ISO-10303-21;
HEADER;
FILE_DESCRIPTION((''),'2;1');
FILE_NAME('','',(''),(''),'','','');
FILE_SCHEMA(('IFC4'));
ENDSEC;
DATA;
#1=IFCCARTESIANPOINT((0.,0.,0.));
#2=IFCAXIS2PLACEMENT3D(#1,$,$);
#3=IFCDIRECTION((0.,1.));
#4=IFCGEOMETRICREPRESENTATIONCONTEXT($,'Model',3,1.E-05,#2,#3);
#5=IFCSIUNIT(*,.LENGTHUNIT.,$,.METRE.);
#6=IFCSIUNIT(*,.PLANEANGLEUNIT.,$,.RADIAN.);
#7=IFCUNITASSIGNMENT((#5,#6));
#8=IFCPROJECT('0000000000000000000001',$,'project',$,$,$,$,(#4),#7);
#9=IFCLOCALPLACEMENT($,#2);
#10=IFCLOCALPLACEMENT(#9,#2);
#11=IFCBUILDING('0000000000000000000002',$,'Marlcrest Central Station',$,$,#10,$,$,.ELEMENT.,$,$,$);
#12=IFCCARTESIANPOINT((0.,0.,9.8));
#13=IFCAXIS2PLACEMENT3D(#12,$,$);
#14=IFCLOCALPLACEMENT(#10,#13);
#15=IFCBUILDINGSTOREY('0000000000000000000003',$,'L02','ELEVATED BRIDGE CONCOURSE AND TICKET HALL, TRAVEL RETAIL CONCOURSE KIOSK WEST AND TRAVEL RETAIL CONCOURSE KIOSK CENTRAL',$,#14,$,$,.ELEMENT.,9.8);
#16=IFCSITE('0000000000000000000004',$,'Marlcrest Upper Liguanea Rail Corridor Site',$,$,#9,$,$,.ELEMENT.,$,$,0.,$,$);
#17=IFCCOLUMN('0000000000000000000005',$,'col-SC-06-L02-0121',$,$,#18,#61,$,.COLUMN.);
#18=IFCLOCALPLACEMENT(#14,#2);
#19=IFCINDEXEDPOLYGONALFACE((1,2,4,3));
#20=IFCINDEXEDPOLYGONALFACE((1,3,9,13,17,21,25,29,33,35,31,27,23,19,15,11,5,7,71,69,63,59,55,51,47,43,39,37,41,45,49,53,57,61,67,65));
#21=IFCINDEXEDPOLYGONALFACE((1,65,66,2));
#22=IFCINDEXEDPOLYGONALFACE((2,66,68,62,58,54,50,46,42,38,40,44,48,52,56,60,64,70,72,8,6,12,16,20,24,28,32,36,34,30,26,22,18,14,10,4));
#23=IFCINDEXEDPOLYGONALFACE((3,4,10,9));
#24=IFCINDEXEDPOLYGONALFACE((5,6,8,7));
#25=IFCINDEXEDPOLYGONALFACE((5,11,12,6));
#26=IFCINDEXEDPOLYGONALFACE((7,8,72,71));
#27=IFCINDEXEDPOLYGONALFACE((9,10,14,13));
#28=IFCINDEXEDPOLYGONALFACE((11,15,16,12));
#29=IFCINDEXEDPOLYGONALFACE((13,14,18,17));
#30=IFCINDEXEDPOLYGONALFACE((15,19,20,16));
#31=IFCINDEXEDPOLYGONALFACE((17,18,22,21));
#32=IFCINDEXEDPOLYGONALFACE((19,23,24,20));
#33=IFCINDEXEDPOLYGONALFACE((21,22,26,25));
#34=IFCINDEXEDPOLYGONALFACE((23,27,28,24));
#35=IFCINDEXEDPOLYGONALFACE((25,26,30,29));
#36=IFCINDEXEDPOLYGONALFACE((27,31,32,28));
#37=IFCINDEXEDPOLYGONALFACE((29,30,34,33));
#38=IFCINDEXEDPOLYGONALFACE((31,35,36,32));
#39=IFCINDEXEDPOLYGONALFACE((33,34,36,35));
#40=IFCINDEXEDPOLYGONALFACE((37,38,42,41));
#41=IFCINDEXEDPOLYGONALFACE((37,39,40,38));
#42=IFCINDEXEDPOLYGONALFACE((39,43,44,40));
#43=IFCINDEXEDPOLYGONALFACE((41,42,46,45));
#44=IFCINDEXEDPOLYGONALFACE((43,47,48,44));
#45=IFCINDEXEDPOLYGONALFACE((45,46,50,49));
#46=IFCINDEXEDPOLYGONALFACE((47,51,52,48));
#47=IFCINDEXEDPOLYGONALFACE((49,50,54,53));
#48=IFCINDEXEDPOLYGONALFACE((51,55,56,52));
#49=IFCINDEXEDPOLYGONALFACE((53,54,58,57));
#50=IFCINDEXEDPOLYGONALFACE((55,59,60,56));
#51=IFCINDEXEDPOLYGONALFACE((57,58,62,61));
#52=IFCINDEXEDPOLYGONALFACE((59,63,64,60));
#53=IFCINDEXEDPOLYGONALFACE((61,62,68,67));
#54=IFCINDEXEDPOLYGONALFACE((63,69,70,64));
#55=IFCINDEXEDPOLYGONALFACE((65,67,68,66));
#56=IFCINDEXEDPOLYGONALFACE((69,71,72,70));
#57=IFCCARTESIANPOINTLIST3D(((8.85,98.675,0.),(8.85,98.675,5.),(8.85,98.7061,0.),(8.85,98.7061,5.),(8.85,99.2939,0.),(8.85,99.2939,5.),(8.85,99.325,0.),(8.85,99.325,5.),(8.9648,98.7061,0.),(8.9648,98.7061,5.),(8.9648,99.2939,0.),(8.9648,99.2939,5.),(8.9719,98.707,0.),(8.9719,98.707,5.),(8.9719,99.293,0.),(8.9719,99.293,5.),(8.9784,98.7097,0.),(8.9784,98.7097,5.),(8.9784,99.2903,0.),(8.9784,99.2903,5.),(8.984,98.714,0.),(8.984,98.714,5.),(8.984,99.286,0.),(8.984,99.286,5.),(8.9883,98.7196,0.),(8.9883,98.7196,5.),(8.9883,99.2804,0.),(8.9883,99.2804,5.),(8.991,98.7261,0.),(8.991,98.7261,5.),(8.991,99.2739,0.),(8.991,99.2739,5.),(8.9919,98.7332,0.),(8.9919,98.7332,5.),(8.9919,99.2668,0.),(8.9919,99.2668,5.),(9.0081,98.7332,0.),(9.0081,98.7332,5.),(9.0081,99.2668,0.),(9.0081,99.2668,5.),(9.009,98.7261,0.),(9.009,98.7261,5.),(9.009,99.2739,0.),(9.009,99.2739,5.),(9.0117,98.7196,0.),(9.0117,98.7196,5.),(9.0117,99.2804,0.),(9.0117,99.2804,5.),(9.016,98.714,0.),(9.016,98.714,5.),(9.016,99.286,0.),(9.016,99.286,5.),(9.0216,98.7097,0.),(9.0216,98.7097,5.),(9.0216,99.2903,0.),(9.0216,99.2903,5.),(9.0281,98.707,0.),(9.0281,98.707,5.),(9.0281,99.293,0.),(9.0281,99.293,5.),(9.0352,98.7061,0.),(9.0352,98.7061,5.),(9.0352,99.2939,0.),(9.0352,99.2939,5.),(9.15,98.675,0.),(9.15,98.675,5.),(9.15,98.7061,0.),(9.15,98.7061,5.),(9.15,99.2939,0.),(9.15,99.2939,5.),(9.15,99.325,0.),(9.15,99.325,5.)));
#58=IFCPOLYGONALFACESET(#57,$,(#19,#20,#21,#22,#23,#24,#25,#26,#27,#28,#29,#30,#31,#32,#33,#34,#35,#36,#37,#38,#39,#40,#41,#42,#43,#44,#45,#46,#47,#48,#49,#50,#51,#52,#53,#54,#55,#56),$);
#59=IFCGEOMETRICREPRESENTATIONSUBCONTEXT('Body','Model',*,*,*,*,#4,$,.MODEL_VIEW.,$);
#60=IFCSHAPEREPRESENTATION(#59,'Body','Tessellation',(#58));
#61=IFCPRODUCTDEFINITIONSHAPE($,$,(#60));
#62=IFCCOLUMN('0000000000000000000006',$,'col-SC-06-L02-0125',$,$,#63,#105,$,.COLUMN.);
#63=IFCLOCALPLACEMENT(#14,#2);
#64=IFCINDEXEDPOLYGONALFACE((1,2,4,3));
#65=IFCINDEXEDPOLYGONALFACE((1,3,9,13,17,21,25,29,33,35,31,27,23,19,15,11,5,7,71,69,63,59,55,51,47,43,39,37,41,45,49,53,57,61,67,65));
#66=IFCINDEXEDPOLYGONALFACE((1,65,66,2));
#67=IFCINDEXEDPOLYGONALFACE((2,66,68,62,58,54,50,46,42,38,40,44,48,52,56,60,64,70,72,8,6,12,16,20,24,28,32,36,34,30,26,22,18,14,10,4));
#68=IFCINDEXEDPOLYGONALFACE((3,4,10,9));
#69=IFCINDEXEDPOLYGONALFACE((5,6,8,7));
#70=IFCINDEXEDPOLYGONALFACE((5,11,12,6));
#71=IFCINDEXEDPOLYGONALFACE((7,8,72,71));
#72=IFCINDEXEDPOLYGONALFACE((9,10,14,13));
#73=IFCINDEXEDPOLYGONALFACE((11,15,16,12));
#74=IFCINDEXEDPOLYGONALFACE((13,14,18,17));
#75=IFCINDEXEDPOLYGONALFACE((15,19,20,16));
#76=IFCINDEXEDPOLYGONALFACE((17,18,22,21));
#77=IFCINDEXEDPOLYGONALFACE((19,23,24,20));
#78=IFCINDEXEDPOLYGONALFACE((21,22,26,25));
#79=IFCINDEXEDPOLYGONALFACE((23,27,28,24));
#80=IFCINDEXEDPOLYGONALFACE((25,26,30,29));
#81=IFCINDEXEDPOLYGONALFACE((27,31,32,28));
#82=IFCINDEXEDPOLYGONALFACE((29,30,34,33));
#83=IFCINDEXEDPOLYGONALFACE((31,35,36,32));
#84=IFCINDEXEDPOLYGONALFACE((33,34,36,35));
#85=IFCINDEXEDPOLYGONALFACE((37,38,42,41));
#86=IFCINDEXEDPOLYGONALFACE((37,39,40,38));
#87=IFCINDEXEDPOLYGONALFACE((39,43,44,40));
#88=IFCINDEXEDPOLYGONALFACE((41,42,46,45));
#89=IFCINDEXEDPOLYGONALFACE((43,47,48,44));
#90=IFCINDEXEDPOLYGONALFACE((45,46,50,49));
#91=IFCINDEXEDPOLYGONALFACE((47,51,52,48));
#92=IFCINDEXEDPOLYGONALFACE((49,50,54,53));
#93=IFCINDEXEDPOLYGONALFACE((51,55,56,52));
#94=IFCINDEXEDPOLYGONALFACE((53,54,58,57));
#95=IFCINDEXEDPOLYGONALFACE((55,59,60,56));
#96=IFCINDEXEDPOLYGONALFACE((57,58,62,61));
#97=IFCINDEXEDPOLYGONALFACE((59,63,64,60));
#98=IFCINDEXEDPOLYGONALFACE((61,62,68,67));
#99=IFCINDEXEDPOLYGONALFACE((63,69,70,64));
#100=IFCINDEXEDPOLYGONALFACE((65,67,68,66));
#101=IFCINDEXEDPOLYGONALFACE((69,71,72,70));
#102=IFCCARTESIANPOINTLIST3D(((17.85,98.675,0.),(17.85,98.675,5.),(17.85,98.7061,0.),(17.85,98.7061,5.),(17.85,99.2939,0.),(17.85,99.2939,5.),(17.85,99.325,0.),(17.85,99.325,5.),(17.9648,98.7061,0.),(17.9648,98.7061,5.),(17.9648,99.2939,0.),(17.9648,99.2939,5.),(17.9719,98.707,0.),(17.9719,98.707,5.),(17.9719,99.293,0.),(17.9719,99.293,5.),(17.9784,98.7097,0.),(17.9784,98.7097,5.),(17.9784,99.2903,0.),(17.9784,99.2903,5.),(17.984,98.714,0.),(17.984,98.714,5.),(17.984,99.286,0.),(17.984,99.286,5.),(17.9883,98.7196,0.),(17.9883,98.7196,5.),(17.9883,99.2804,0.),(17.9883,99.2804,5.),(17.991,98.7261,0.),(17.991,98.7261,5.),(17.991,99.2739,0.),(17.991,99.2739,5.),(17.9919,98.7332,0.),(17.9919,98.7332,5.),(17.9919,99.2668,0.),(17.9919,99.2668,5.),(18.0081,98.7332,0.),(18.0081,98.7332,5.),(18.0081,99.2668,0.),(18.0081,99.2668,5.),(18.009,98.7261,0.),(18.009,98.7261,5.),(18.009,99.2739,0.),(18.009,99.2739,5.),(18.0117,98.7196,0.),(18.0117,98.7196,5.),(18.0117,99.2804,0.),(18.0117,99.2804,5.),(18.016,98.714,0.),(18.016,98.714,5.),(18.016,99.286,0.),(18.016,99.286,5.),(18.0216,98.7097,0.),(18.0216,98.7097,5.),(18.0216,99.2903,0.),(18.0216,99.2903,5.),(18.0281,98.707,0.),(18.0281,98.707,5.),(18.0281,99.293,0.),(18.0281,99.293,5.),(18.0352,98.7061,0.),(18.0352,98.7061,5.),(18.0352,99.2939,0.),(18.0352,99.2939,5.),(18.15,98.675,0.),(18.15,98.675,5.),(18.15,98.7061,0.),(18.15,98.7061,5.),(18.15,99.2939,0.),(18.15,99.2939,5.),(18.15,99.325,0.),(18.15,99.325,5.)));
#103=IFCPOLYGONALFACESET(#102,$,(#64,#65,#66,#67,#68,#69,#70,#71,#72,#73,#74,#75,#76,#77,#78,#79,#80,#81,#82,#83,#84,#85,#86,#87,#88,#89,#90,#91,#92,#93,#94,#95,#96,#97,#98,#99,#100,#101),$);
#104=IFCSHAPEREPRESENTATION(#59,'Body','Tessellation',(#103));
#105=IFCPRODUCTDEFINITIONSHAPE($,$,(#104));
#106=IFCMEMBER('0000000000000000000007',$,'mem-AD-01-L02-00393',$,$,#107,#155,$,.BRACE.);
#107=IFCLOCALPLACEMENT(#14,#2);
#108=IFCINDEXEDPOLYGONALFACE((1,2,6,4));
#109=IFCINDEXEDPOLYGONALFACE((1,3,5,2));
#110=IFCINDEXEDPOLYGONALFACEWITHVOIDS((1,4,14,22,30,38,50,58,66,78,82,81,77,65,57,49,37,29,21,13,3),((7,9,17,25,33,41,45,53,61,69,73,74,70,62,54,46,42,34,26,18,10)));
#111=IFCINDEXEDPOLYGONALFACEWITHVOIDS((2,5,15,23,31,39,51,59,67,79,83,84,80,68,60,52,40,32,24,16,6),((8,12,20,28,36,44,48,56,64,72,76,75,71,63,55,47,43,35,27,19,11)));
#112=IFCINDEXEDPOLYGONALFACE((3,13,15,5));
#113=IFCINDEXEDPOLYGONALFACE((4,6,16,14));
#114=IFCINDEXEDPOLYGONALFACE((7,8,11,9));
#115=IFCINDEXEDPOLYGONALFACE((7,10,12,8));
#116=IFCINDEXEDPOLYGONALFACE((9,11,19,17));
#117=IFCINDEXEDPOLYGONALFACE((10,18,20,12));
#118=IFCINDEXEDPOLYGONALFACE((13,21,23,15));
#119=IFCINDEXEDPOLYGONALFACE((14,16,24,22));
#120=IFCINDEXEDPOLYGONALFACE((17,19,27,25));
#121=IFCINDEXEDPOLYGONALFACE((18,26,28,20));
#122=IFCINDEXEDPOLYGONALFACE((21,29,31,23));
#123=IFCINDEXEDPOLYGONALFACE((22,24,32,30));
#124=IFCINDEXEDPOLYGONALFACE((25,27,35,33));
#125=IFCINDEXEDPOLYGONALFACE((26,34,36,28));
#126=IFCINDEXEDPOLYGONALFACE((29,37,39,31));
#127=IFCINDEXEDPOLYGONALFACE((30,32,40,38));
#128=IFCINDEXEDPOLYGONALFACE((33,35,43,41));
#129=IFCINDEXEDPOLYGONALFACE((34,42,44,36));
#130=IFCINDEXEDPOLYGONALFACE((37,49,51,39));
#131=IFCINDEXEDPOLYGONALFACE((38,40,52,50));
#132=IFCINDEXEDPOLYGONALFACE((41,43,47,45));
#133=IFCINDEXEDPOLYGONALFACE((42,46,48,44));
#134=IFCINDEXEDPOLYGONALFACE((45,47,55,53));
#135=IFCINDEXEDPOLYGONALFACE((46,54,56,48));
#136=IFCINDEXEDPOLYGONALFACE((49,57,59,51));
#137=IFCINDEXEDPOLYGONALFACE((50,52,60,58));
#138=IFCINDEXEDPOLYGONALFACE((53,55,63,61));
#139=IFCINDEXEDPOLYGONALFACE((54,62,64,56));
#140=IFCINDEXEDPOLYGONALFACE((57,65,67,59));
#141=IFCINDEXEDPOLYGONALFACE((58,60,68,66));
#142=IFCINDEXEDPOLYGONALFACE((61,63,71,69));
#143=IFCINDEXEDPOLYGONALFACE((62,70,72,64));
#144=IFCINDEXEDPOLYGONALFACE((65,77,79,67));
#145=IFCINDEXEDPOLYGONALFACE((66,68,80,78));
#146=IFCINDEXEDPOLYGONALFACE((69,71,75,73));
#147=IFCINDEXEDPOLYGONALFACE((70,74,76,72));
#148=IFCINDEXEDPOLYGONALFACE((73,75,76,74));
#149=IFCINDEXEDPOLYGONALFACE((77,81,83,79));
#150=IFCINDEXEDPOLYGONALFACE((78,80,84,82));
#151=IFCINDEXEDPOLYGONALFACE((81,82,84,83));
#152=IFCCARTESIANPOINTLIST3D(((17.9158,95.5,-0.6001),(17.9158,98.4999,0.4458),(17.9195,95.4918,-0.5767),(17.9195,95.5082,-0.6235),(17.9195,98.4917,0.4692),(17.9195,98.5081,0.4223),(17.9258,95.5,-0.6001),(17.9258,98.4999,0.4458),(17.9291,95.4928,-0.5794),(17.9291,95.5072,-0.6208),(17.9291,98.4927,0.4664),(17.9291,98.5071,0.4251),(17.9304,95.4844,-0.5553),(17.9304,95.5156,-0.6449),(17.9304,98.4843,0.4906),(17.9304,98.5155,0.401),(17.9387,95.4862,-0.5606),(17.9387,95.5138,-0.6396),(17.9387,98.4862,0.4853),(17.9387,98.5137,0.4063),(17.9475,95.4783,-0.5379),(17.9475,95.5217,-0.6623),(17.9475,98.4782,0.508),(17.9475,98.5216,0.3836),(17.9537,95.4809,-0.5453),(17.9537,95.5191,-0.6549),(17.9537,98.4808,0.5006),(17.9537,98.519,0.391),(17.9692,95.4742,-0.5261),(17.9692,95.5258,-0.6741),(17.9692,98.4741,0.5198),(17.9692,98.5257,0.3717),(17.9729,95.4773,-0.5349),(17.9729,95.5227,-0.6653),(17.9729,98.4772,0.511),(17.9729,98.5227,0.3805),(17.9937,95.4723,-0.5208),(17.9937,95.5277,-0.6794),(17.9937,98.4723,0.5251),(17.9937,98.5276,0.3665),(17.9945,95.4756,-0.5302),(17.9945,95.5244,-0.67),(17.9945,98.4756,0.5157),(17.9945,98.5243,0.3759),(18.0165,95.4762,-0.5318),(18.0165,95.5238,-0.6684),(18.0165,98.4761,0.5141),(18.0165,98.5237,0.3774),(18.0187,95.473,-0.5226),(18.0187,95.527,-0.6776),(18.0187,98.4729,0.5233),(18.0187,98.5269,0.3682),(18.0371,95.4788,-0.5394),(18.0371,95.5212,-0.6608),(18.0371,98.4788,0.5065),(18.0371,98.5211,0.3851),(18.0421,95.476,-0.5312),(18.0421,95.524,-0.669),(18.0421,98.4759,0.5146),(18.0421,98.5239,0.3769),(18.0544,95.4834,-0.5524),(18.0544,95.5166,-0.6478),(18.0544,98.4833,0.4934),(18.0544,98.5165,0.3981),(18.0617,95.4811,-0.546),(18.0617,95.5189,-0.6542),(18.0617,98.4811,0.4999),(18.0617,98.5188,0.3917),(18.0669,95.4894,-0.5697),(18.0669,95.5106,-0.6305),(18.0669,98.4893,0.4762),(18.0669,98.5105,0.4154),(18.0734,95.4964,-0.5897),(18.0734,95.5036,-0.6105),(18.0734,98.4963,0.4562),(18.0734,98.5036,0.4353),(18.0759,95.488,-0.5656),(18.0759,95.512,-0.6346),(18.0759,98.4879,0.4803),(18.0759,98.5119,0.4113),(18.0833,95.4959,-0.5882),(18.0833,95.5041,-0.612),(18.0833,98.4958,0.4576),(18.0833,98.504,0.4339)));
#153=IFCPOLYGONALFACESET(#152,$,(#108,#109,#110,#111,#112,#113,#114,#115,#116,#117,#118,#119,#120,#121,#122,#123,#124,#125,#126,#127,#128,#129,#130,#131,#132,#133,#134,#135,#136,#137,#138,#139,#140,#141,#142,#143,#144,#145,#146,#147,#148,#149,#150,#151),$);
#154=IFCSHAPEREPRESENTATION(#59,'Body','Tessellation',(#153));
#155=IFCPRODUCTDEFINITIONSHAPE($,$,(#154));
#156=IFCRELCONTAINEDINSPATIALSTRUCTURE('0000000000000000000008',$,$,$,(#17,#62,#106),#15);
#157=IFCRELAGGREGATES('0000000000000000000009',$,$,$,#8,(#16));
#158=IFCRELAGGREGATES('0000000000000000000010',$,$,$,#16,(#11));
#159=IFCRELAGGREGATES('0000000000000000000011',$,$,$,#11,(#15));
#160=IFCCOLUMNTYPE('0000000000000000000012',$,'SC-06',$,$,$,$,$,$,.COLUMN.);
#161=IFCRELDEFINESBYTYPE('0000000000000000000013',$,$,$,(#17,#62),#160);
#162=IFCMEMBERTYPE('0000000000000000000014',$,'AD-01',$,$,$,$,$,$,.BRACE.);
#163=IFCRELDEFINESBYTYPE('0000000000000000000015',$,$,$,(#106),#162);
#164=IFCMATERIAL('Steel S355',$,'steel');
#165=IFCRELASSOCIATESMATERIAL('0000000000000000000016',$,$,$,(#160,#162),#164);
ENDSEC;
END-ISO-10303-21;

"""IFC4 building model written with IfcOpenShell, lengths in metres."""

from ifc_helpers import new_model, si_unit, direction, frame, origin, origin_2d, place, context, subcontext, project, spatial, hollow_circle, i_section, extrude, material, material_profile, profile_set, type_object, element, save


model = new_model("IFC4")

# Units and contexts
model_context = context("Model", 3, precision=1e-05, world=origin(), true_north=direction((0.0, 1.0)))
body_context = subcontext(model_context, "Body", "Model", "MODEL_VIEW")
ifc_project = project(units=[si_unit("LENGTHUNIT", "METRE"), si_unit("PLANEANGLEUNIT", "RADIAN")], contexts=[model_context])

# Site, building, storey
site_placement = place(None, origin())
site = spatial("IfcSite", under=ifc_project, at=site_placement, Name="Marlcrest Upper Liguanea Rail Corridor Site", CompositionType="ELEMENT", RefElevation=0.0)
building_placement = place(site_placement, origin())
building = spatial("IfcBuilding", under=site, at=building_placement, Name="Marlcrest Central Station", CompositionType="ELEMENT")
storey_placement = place(building_placement, frame((0.0, 0.0, 9.8)))
storey = spatial("IfcBuildingStorey", under=building, at=storey_placement, Name="L02", Description="ELEVATED BRIDGE CONCOURSE AND TICKET HALL, TRAVEL RETAIL CONCOURSE KIOSK WEST AND TRAVEL RETAIL CONCOURSE KIOSK CENTRAL", CompositionType="ELEMENT", Elevation=9.8)

# Columns
ifc_material_1 = material(Name="Steel S355", Category="steel")
ifc_material_profile_1 = material_profile(ifc_material_1, i_section(OverallWidth=0.3, OverallDepth=0.6499, WebThickness=0.0161, FlangeThickness=0.031, FilletRadius=0.0271, at=origin_2d()), Name="HEB 650")
ifc_profile_set_1 = profile_set([ifc_material_profile_1], Name="Steel S355")
column_type = type_object("IfcColumnType", Name="SC-06", PredefinedType="COLUMN", material=ifc_profile_set_1)
for number, where, z_axis, x_axis, name in (
    (1, (9.0, 99.0, 0.0), (0.0, 0.0, 1.0), (1.0, 0.0, 0.0), "col-SC-06-L02-0121"),
    (2, (18.0, 99.0, 0.0), (0.0, 0.0, 1.0), (1.0, 0.0, 0.0), "col-SC-06-L02-0125"),
):
    element("IfcColumn", number, at=place(storey_placement, frame(where, z_axis=z_axis, x_axis=x_axis)), inside=storey, type_object=column_type, Name=name, PredefinedType="COLUMN", context=body_context, shape_type="SweptSolid", body=[
        extrude(i_section(OverallWidth=0.3, OverallDepth=0.6499, WebThickness=0.0161, FlangeThickness=0.031, FilletRadius=0.0271, at=origin_2d()), origin(), (0.0, 0.0, 1.0), 5.0),
    ])

# Member
ifc_material_profile_2 = material_profile(ifc_material_1, hollow_circle(Radius=0.0842, WallThickness=0.01, at=origin_2d()), Name="CHS 168.3x10")
ifc_profile_set_2 = profile_set([ifc_material_profile_2], Name="Steel S355")
member_type_1 = type_object("IfcMemberType", Name="AD-01", PredefinedType="BRACE", material=ifc_profile_set_2)
member_1_placement = place(storey_placement, frame((18.0, 95.5, -0.6001), z_axis=(0.0, 0.94426, 0.3292), x_axis=(-1.0, 0.0, 0.0)))
element("IfcMember", 3, at=member_1_placement, inside=storey, type_object=member_type_1, Name="mem-AD-01-L02-00393", PredefinedType="BRACE", context=body_context, shape_type="SweptSolid", body=[
    extrude(hollow_circle(Radius=0.0842, WallThickness=0.01, at=origin_2d()), origin(), (0.0, 0.0, 1.0), 3.177),
])

save(model, "model.ifc")
